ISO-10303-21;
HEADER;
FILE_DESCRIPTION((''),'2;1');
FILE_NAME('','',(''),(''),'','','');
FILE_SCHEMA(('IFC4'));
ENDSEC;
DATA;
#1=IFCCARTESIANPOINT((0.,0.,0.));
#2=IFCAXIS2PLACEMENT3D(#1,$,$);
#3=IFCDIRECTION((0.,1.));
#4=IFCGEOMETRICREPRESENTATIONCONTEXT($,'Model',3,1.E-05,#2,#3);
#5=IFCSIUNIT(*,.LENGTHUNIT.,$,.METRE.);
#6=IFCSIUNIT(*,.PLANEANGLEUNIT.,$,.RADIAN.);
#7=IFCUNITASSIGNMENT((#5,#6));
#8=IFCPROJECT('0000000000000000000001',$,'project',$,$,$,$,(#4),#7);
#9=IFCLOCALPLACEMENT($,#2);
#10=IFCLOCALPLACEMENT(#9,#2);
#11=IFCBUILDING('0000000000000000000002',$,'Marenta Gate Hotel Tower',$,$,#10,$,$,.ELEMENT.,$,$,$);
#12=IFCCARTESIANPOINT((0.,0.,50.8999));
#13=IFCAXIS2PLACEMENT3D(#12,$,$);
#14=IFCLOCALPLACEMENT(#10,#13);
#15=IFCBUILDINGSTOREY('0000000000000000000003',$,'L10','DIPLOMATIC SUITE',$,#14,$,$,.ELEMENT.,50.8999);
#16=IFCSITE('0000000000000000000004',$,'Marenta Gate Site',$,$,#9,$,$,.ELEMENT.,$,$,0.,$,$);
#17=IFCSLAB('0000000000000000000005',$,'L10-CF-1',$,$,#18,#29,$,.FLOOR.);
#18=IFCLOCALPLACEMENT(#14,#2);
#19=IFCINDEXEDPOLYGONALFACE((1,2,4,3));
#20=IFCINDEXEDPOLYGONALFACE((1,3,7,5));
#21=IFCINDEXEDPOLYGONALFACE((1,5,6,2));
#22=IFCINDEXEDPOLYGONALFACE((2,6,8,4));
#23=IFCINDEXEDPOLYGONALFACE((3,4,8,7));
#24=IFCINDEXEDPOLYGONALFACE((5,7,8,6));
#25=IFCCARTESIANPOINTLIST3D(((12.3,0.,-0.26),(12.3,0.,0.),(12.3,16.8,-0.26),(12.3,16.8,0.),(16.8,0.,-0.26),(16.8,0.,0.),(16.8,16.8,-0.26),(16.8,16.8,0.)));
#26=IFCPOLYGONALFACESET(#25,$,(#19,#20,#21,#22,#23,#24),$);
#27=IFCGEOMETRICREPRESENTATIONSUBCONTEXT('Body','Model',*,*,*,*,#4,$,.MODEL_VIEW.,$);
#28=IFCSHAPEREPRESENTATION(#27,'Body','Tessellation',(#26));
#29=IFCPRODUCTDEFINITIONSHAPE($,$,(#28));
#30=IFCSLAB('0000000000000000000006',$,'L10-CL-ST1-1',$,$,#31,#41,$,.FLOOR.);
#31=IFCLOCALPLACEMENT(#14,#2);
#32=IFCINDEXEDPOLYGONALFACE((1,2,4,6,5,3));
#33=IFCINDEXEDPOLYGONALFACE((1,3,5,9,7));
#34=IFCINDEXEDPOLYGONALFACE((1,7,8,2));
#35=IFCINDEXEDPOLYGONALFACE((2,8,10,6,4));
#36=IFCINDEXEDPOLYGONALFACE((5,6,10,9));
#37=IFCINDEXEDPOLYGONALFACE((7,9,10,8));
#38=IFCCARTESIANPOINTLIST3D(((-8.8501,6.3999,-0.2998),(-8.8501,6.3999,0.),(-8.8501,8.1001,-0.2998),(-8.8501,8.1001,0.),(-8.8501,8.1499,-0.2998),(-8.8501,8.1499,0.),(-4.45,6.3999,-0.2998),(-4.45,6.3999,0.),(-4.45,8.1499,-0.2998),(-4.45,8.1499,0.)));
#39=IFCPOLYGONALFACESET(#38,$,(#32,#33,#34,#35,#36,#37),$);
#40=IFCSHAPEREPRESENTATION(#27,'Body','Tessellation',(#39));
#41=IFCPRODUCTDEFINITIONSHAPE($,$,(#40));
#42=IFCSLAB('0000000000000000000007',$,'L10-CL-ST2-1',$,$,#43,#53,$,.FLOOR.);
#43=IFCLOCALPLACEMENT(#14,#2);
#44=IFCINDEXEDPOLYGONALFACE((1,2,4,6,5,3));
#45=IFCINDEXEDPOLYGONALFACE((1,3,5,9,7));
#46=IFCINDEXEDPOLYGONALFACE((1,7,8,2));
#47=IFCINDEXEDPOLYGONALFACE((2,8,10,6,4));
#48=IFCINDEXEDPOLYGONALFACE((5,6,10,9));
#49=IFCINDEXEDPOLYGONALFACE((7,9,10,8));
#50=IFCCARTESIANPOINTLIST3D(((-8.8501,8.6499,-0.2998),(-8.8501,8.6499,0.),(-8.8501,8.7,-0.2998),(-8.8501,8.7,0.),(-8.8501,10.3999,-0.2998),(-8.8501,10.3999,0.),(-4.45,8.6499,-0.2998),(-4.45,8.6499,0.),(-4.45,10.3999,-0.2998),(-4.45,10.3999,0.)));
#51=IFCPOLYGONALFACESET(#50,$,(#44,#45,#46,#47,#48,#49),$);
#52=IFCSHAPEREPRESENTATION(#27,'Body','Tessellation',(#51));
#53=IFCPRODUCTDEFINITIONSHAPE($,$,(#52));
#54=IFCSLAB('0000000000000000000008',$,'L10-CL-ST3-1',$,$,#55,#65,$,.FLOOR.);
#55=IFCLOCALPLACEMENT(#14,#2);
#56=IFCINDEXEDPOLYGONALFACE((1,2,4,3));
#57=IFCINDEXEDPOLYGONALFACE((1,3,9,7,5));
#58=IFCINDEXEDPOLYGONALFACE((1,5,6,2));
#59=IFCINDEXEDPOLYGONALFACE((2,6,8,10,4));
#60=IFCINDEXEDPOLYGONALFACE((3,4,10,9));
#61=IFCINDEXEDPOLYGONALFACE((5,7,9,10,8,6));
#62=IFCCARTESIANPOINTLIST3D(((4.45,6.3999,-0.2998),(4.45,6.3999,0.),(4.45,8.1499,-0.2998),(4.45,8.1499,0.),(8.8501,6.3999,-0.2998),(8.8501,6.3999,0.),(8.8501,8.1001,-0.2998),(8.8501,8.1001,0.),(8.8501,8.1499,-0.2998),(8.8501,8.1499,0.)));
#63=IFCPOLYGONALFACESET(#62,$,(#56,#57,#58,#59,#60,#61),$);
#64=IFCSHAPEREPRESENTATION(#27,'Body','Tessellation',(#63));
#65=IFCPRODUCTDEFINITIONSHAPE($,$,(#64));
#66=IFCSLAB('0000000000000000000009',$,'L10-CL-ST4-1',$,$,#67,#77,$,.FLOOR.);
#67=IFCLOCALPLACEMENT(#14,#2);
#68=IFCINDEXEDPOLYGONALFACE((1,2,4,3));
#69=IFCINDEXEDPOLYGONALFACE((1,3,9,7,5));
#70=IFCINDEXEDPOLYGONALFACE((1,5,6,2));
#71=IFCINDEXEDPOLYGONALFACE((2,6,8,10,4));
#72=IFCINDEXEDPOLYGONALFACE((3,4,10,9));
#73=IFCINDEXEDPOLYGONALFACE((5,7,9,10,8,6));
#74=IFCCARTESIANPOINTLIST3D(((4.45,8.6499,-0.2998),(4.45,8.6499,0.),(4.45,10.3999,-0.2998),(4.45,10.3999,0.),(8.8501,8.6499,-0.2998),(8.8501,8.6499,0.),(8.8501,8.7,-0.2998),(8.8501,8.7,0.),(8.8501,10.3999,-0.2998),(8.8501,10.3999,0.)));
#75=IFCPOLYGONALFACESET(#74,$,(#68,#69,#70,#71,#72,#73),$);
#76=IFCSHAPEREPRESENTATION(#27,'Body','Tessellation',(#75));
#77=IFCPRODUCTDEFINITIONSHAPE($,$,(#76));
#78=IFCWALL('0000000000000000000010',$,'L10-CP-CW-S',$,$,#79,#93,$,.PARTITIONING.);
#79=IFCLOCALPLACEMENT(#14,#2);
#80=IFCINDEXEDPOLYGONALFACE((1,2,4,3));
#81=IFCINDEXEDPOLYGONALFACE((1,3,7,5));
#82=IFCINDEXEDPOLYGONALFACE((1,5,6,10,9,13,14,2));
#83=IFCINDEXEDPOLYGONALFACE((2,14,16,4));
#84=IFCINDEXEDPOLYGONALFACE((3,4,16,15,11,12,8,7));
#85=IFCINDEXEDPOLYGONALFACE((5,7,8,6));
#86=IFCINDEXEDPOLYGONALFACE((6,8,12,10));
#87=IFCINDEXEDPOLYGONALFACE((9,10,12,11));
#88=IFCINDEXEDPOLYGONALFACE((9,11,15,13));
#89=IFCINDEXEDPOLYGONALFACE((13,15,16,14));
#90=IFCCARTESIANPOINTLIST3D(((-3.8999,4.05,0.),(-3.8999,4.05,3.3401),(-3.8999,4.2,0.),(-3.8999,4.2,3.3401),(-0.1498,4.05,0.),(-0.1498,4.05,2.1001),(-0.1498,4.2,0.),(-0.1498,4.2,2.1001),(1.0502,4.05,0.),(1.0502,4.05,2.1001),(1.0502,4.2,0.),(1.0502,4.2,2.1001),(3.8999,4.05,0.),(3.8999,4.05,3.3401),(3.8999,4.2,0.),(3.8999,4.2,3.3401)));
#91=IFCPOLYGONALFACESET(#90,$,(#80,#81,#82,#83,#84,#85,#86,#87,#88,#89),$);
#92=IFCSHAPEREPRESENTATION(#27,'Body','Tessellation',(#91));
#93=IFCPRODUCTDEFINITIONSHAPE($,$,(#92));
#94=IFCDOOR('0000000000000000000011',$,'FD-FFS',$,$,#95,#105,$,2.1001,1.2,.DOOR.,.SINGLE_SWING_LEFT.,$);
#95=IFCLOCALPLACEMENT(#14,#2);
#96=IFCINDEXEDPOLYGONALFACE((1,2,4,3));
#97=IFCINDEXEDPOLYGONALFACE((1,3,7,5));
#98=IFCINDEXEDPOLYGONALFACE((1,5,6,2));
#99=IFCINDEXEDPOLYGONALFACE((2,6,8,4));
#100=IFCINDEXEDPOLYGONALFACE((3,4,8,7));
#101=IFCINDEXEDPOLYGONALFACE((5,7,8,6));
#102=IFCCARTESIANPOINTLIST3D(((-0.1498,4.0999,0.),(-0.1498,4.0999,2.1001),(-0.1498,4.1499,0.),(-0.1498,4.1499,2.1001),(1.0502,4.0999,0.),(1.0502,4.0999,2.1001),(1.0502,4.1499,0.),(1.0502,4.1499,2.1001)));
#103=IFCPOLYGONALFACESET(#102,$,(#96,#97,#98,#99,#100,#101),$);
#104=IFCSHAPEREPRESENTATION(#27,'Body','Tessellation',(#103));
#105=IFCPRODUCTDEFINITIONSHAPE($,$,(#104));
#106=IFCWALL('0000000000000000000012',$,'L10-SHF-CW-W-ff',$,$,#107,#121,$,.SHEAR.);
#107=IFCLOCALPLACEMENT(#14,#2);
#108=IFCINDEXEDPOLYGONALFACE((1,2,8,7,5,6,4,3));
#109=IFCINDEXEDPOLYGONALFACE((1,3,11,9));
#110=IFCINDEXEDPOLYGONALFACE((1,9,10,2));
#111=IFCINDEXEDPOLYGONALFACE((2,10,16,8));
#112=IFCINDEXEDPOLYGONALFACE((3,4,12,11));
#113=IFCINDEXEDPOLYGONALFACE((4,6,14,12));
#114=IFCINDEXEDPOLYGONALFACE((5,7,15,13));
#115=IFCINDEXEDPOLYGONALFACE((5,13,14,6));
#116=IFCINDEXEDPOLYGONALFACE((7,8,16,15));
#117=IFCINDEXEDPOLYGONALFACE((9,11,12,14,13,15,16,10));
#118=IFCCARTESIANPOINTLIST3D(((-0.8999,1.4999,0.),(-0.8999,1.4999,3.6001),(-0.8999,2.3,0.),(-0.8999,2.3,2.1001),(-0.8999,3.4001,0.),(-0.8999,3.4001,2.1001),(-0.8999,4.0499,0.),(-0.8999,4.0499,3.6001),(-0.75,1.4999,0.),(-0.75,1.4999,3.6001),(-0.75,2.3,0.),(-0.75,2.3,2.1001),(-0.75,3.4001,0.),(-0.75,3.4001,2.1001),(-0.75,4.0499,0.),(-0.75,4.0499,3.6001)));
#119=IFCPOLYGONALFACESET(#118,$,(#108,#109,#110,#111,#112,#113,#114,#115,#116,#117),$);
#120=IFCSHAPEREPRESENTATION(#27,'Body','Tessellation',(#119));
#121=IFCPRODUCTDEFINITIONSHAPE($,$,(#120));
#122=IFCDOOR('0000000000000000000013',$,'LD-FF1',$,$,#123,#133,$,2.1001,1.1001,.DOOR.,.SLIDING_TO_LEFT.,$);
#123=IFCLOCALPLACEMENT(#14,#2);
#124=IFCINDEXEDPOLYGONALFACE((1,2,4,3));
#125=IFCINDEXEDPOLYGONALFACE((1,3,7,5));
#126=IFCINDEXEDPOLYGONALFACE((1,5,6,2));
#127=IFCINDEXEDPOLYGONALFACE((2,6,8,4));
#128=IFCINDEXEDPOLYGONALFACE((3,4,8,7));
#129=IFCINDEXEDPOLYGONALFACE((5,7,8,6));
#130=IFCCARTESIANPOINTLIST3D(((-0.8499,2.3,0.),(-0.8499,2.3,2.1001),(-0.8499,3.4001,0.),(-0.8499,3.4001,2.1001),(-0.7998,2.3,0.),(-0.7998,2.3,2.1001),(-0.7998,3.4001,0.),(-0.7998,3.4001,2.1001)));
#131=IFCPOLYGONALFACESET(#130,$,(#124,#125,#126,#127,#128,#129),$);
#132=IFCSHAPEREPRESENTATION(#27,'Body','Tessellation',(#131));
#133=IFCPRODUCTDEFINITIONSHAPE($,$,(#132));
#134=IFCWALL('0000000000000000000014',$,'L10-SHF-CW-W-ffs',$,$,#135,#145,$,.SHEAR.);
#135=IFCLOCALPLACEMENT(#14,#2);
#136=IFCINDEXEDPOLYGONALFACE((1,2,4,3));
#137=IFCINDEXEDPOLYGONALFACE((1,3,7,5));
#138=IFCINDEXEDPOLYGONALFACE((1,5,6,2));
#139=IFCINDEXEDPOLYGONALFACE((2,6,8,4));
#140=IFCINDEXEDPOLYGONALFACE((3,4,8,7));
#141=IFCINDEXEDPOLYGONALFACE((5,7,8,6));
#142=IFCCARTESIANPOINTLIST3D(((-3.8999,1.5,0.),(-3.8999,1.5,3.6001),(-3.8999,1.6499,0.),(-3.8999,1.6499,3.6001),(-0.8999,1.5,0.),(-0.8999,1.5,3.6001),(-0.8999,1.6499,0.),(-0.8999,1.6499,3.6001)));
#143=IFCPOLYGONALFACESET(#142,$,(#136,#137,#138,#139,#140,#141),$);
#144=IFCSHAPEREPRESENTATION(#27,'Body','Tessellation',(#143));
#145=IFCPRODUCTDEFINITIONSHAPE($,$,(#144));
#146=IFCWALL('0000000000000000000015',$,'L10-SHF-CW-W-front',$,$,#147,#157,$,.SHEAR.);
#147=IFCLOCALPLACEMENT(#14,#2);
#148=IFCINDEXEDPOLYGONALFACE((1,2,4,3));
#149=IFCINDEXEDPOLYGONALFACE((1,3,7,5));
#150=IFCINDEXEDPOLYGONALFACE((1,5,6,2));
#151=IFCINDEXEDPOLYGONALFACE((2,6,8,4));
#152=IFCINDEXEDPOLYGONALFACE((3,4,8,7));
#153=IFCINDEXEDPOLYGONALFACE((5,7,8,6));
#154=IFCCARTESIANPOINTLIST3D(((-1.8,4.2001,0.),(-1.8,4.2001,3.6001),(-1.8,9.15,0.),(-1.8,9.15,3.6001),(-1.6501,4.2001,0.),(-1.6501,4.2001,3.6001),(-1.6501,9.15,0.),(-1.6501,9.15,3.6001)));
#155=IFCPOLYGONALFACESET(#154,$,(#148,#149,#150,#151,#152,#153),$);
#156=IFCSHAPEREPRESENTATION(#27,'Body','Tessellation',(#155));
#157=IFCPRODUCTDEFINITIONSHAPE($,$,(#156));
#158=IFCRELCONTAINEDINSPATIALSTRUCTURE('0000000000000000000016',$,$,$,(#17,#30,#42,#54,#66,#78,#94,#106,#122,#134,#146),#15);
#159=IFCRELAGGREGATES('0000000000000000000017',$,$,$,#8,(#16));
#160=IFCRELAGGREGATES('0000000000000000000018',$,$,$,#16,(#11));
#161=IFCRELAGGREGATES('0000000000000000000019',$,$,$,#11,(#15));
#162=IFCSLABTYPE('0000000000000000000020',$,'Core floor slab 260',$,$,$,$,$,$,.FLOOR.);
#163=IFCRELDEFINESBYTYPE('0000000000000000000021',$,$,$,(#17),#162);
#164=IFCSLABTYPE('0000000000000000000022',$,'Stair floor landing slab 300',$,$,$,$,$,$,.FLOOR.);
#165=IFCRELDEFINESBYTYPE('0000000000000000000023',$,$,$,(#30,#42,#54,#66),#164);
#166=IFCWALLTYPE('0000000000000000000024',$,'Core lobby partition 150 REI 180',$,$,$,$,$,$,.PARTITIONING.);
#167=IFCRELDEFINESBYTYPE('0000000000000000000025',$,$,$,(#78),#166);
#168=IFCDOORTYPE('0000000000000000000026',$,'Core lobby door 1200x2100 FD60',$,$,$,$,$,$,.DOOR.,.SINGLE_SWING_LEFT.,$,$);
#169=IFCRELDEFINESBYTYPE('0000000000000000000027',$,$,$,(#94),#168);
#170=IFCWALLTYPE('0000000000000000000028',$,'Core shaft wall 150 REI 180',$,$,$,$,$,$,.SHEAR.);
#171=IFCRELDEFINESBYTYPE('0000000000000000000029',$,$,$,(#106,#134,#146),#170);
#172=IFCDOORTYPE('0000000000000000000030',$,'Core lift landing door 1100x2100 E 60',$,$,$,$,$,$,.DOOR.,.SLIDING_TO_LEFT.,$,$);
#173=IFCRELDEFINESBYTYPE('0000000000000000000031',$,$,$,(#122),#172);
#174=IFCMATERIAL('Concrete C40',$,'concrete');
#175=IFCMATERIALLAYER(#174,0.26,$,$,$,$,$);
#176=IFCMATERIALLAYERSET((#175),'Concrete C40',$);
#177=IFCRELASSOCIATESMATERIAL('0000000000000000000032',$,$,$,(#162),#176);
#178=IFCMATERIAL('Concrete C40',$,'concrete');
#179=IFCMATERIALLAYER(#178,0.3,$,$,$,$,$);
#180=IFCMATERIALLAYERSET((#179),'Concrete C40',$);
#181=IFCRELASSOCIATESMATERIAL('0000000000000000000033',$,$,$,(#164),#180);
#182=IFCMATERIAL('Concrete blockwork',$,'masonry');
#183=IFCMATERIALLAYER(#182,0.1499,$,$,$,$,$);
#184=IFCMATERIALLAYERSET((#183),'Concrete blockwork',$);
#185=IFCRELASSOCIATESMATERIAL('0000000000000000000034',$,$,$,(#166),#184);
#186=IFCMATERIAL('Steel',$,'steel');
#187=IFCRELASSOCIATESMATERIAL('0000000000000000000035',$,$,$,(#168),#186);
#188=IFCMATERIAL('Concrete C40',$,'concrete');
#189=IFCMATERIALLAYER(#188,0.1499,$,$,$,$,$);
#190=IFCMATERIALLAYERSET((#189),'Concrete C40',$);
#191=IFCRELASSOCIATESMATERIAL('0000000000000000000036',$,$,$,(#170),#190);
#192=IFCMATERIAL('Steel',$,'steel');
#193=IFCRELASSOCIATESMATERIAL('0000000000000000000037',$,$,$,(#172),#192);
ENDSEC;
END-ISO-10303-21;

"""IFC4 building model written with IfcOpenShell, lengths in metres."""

from ifc_helpers import new_model, si_unit, direction, frame, frame_2d, origin, place, context, subcontext, project, spatial, polyline, rectangle, outline, extrude, material, layer, layer_set, type_object, element, fill, save


model = new_model("IFC4")

# Units and contexts
model_context = context("Model", 3, precision=1e-05, world=origin(), true_north=direction((0.0, 1.0)))
body_context = subcontext(model_context, "Body", "Model", "MODEL_VIEW")
ifc_project = project(units=[si_unit("LENGTHUNIT", "METRE"), si_unit("PLANEANGLEUNIT", "RADIAN")], contexts=[model_context])

# Site, building, storey
site_placement = place(None, origin())
site = spatial("IfcSite", under=ifc_project, at=site_placement, Name="Marenta Gate Site", CompositionType="ELEMENT", RefElevation=0.0)
building_placement = place(site_placement, origin())
building = spatial("IfcBuilding", under=site, at=building_placement, Name="Marenta Gate Hotel Tower", CompositionType="ELEMENT")
storey_placement = place(building_placement, frame((0.0, 0.0, 50.8999)))
storey = spatial("IfcBuildingStorey", under=building, at=storey_placement, Name="L10", Description="DIPLOMATIC SUITE", CompositionType="ELEMENT", Elevation=50.8999)

# Slabs
ifc_material_1 = material(Name="Concrete C40", Category="concrete")
ifc_layer_1 = layer(ifc_material_1, 0.26)
ifc_layer_set_1 = layer_set([ifc_layer_1], Name="Concrete C40")
slab_type_1 = type_object("IfcSlabType", Name="Core floor slab 260", PredefinedType="FLOOR", material=ifc_layer_set_1)
slab_1_placement = place(storey_placement, frame((0.0, 0.0, -0.26)))
element("IfcSlab", 1, at=slab_1_placement, inside=storey, type_object=slab_type_1, Name="L10-CF-1", PredefinedType="FLOOR", context=body_context, shape_type="SweptSolid", body=[
    extrude(outline(polyline([(12.3, 0.0), (12.3, 16.8), (16.8, 16.8), (16.8, 0.0), (12.3, 0.0)])), origin(), (0.0, 0.0, 1.0), 0.26),
])
ifc_material_2 = material(Name="Concrete C40", Category="concrete")
ifc_layer_2 = layer(ifc_material_2, 0.3)
ifc_layer_set_2 = layer_set([ifc_layer_2], Name="Concrete C40")
slab_type_2 = type_object("IfcSlabType", Name="Stair floor landing slab 300", PredefinedType="FLOOR", material=ifc_layer_set_2)
slab_2_placement = place(storey_placement, frame((0.0, 0.0, -0.2998)))
element("IfcSlab", 2, at=slab_2_placement, inside=storey, type_object=slab_type_2, Name="L10-CL-ST1-1", PredefinedType="FLOOR", context=body_context, shape_type="SweptSolid", body=[
    extrude(outline(polyline([(-4.45, 6.3999), (-8.8501, 6.3999), (-8.8501, 8.1001), (-8.8501, 8.1499), (-4.45, 8.1499), (-4.45, 6.3999)])), origin(), (0.0, 0.0, 1.0), 0.2998),
])
slab_3_placement = place(storey_placement, frame((0.0, 0.0, -0.2998)))
element("IfcSlab", 3, at=slab_3_placement, inside=storey, type_object=slab_type_2, Name="L10-CL-ST2-1", PredefinedType="FLOOR", context=body_context, shape_type="SweptSolid", body=[
    extrude(outline(polyline([(-4.45, 8.6499), (-8.8501, 8.6499), (-8.8501, 8.7), (-8.8501, 10.3999), (-4.45, 10.3999), (-4.45, 8.6499)])), origin(), (0.0, 0.0, 1.0), 0.2998),
])
slab_4_placement = place(storey_placement, frame((0.0, 0.0, -0.2998)))
element("IfcSlab", 4, at=slab_4_placement, inside=storey, type_object=slab_type_2, Name="L10-CL-ST3-1", PredefinedType="FLOOR", context=body_context, shape_type="SweptSolid", body=[
    extrude(outline(polyline([(4.45, 6.3999), (4.45, 8.1499), (8.8501, 8.1499), (8.8501, 8.1001), (8.8501, 6.3999), (4.45, 6.3999)])), origin(), (0.0, 0.0, 1.0), 0.2998),
])
slab_5_placement = place(storey_placement, frame((0.0, 0.0, -0.2998)))
element("IfcSlab", 5, at=slab_5_placement, inside=storey, type_object=slab_type_2, Name="L10-CL-ST4-1", PredefinedType="FLOOR", context=body_context, shape_type="SweptSolid", body=[
    extrude(outline(polyline([(4.45, 8.6499), (4.45, 10.3999), (8.8501, 10.3999), (8.8501, 8.7), (8.8501, 8.6499), (4.45, 8.6499)])), origin(), (0.0, 0.0, 1.0), 0.2998),
])

# Walls, openings, doors
ifc_material_3 = material(Name="Concrete blockwork", Category="masonry")
ifc_layer_3 = layer(ifc_material_3, 0.1499)
ifc_layer_set_3 = layer_set([ifc_layer_3], Name="Concrete blockwork")
wall_type_1 = type_object("IfcWallType", Name="Core lobby partition 150 REI 180", PredefinedType="PARTITIONING", material=ifc_layer_set_3)
wall_1_placement = place(storey_placement, frame((-3.8999, 4.125, 0.0), z_axis=(0.0, 0.0, 1.0), x_axis=(1.0, 0.0, 0.0)))
wall_1 = element("IfcWall", 6, at=wall_1_placement, inside=storey, type_object=wall_type_1, Name="L10-CP-CW-S", PredefinedType="PARTITIONING", context=body_context, shape_type="SweptSolid", body=[
    extrude(rectangle(XDim=7.7998, YDim=0.1499, at=frame_2d((3.8999, 0.0))), origin(), (0.0, 0.0, 1.0), 3.3401),
])
opening_1_placement = place(wall_1_placement, frame((3.75, 0.0, 0.0)))
opening_1 = element("IfcOpeningElement", 7, at=opening_1_placement, cuts=wall_1, PredefinedType="OPENING", context=body_context, shape_type="SweptSolid", body=[
    extrude(rectangle(XDim=1.2, YDim=2.1001, at=frame_2d((0.6001, 1.05))), frame((0.0, 0.075, 0.0), z_axis=(0.0, -1.0, 0.0), x_axis=(1.0, 0.0, 0.0)), (0.0, 0.0, 1.0), 0.1499),
])
ifc_material_4 = material(Name="Steel", Category="steel")
door_type_1 = type_object("IfcDoorType", Name="Core lobby door 1200x2100 FD60", OperationType="SINGLE_SWING_LEFT", PredefinedType="DOOR", material=ifc_material_4)
door_1_placement = place(opening_1_placement, origin())
door_1 = element("IfcDoor", 8, at=door_1_placement, inside=storey, type_object=door_type_1, Name="FD-FFS", OperationType="SINGLE_SWING_LEFT", OverallHeight=2.1001, OverallWidth=1.2, PredefinedType="DOOR", context=body_context, shape_type="SweptSolid", body=[
    extrude(rectangle(XDim=1.2, YDim=2.1001, at=frame_2d((0.6001, 1.05))), frame((0.0, 0.0249, 0.0), z_axis=(0.0, -1.0, 0.0), x_axis=(1.0, 0.0, 0.0)), (0.0, 0.0, 1.0), 0.05),
])
fill(opening_1, door_1)
ifc_material_5 = material(Name="Concrete C40", Category="concrete")
ifc_layer_4 = layer(ifc_material_5, 0.1499)
ifc_layer_set_4 = layer_set([ifc_layer_4], Name="Concrete C40")
wall_type_2 = type_object("IfcWallType", Name="Core shaft wall 150 REI 180", PredefinedType="SHEAR", material=ifc_layer_set_4)
wall_2_placement = place(storey_placement, frame((-0.825, 1.5, 0.0), z_axis=(0.0, 0.0, 1.0), x_axis=(0.0, 1.0, 0.0)))
wall_2 = element("IfcWall", 9, at=wall_2_placement, inside=storey, type_object=wall_type_2, Name="L10-SHF-CW-W-ff", PredefinedType="SHEAR", context=body_context, shape_type="SweptSolid", body=[
    extrude(rectangle(XDim=2.55, YDim=0.1499, at=frame_2d((1.2749, 0.0))), origin(), (0.0, 0.0, 1.0), 3.6001),
])
opening_2_placement = place(wall_2_placement, frame((0.8, 0.0, 0.0)))
opening_2 = element("IfcOpeningElement", 10, at=opening_2_placement, cuts=wall_2, PredefinedType="OPENING", context=body_context, shape_type="SweptSolid", body=[
    extrude(rectangle(XDim=1.1001, YDim=2.1001, at=frame_2d((0.55, 1.05))), frame((0.0, 0.075, 0.0), z_axis=(0.0, -1.0, 0.0), x_axis=(1.0, 0.0, 0.0)), (0.0, 0.0, 1.0), 0.1499),
])
ifc_material_6 = material(Name="Steel", Category="steel")
door_type_2 = type_object("IfcDoorType", Name="Core lift landing door 1100x2100 E 60", OperationType="SLIDING_TO_LEFT", PredefinedType="DOOR", material=ifc_material_6)
door_2_placement = place(opening_2_placement, origin())
door_2 = element("IfcDoor", 11, at=door_2_placement, inside=storey, type_object=door_type_2, Name="LD-FF1", OperationType="SLIDING_TO_LEFT", OverallHeight=2.1001, OverallWidth=1.1001, PredefinedType="DOOR", context=body_context, shape_type="SweptSolid", body=[
    extrude(rectangle(XDim=1.1001, YDim=2.1001, at=frame_2d((0.55, 1.05))), frame((0.0, 0.0249, 0.0), z_axis=(0.0, -1.0, 0.0), x_axis=(1.0, 0.0, 0.0)), (0.0, 0.0, 1.0), 0.05),
])
fill(opening_2, door_2)

# Walls
wall_3_placement = place(storey_placement, frame((-3.8999, 1.575, 0.0), z_axis=(0.0, 0.0, 1.0), x_axis=(1.0, 0.0, 0.0)))
element("IfcWall", 12, at=wall_3_placement, inside=storey, type_object=wall_type_2, Name="L10-SHF-CW-W-ffs", PredefinedType="SHEAR", context=body_context, shape_type="SweptSolid", body=[
    extrude(rectangle(XDim=3.0, YDim=0.1499, at=frame_2d((1.5, 0.0))), origin(), (0.0, 0.0, 1.0), 3.6001),
])
wall_4_placement = place(storey_placement, frame((-1.7251, 4.2, 0.0), z_axis=(0.0, 0.0, 1.0), x_axis=(0.0, 1.0, 0.0)))
element("IfcWall", 13, at=wall_4_placement, inside=storey, type_object=wall_type_2, Name="L10-SHF-CW-W-front", PredefinedType="SHEAR", context=body_context, shape_type="SweptSolid", body=[
    extrude(rectangle(XDim=4.95, YDim=0.1499, at=frame_2d((2.4751, 0.0))), origin(), (0.0, 0.0, 1.0), 3.6001),
])

save(model, "model.ifc")
